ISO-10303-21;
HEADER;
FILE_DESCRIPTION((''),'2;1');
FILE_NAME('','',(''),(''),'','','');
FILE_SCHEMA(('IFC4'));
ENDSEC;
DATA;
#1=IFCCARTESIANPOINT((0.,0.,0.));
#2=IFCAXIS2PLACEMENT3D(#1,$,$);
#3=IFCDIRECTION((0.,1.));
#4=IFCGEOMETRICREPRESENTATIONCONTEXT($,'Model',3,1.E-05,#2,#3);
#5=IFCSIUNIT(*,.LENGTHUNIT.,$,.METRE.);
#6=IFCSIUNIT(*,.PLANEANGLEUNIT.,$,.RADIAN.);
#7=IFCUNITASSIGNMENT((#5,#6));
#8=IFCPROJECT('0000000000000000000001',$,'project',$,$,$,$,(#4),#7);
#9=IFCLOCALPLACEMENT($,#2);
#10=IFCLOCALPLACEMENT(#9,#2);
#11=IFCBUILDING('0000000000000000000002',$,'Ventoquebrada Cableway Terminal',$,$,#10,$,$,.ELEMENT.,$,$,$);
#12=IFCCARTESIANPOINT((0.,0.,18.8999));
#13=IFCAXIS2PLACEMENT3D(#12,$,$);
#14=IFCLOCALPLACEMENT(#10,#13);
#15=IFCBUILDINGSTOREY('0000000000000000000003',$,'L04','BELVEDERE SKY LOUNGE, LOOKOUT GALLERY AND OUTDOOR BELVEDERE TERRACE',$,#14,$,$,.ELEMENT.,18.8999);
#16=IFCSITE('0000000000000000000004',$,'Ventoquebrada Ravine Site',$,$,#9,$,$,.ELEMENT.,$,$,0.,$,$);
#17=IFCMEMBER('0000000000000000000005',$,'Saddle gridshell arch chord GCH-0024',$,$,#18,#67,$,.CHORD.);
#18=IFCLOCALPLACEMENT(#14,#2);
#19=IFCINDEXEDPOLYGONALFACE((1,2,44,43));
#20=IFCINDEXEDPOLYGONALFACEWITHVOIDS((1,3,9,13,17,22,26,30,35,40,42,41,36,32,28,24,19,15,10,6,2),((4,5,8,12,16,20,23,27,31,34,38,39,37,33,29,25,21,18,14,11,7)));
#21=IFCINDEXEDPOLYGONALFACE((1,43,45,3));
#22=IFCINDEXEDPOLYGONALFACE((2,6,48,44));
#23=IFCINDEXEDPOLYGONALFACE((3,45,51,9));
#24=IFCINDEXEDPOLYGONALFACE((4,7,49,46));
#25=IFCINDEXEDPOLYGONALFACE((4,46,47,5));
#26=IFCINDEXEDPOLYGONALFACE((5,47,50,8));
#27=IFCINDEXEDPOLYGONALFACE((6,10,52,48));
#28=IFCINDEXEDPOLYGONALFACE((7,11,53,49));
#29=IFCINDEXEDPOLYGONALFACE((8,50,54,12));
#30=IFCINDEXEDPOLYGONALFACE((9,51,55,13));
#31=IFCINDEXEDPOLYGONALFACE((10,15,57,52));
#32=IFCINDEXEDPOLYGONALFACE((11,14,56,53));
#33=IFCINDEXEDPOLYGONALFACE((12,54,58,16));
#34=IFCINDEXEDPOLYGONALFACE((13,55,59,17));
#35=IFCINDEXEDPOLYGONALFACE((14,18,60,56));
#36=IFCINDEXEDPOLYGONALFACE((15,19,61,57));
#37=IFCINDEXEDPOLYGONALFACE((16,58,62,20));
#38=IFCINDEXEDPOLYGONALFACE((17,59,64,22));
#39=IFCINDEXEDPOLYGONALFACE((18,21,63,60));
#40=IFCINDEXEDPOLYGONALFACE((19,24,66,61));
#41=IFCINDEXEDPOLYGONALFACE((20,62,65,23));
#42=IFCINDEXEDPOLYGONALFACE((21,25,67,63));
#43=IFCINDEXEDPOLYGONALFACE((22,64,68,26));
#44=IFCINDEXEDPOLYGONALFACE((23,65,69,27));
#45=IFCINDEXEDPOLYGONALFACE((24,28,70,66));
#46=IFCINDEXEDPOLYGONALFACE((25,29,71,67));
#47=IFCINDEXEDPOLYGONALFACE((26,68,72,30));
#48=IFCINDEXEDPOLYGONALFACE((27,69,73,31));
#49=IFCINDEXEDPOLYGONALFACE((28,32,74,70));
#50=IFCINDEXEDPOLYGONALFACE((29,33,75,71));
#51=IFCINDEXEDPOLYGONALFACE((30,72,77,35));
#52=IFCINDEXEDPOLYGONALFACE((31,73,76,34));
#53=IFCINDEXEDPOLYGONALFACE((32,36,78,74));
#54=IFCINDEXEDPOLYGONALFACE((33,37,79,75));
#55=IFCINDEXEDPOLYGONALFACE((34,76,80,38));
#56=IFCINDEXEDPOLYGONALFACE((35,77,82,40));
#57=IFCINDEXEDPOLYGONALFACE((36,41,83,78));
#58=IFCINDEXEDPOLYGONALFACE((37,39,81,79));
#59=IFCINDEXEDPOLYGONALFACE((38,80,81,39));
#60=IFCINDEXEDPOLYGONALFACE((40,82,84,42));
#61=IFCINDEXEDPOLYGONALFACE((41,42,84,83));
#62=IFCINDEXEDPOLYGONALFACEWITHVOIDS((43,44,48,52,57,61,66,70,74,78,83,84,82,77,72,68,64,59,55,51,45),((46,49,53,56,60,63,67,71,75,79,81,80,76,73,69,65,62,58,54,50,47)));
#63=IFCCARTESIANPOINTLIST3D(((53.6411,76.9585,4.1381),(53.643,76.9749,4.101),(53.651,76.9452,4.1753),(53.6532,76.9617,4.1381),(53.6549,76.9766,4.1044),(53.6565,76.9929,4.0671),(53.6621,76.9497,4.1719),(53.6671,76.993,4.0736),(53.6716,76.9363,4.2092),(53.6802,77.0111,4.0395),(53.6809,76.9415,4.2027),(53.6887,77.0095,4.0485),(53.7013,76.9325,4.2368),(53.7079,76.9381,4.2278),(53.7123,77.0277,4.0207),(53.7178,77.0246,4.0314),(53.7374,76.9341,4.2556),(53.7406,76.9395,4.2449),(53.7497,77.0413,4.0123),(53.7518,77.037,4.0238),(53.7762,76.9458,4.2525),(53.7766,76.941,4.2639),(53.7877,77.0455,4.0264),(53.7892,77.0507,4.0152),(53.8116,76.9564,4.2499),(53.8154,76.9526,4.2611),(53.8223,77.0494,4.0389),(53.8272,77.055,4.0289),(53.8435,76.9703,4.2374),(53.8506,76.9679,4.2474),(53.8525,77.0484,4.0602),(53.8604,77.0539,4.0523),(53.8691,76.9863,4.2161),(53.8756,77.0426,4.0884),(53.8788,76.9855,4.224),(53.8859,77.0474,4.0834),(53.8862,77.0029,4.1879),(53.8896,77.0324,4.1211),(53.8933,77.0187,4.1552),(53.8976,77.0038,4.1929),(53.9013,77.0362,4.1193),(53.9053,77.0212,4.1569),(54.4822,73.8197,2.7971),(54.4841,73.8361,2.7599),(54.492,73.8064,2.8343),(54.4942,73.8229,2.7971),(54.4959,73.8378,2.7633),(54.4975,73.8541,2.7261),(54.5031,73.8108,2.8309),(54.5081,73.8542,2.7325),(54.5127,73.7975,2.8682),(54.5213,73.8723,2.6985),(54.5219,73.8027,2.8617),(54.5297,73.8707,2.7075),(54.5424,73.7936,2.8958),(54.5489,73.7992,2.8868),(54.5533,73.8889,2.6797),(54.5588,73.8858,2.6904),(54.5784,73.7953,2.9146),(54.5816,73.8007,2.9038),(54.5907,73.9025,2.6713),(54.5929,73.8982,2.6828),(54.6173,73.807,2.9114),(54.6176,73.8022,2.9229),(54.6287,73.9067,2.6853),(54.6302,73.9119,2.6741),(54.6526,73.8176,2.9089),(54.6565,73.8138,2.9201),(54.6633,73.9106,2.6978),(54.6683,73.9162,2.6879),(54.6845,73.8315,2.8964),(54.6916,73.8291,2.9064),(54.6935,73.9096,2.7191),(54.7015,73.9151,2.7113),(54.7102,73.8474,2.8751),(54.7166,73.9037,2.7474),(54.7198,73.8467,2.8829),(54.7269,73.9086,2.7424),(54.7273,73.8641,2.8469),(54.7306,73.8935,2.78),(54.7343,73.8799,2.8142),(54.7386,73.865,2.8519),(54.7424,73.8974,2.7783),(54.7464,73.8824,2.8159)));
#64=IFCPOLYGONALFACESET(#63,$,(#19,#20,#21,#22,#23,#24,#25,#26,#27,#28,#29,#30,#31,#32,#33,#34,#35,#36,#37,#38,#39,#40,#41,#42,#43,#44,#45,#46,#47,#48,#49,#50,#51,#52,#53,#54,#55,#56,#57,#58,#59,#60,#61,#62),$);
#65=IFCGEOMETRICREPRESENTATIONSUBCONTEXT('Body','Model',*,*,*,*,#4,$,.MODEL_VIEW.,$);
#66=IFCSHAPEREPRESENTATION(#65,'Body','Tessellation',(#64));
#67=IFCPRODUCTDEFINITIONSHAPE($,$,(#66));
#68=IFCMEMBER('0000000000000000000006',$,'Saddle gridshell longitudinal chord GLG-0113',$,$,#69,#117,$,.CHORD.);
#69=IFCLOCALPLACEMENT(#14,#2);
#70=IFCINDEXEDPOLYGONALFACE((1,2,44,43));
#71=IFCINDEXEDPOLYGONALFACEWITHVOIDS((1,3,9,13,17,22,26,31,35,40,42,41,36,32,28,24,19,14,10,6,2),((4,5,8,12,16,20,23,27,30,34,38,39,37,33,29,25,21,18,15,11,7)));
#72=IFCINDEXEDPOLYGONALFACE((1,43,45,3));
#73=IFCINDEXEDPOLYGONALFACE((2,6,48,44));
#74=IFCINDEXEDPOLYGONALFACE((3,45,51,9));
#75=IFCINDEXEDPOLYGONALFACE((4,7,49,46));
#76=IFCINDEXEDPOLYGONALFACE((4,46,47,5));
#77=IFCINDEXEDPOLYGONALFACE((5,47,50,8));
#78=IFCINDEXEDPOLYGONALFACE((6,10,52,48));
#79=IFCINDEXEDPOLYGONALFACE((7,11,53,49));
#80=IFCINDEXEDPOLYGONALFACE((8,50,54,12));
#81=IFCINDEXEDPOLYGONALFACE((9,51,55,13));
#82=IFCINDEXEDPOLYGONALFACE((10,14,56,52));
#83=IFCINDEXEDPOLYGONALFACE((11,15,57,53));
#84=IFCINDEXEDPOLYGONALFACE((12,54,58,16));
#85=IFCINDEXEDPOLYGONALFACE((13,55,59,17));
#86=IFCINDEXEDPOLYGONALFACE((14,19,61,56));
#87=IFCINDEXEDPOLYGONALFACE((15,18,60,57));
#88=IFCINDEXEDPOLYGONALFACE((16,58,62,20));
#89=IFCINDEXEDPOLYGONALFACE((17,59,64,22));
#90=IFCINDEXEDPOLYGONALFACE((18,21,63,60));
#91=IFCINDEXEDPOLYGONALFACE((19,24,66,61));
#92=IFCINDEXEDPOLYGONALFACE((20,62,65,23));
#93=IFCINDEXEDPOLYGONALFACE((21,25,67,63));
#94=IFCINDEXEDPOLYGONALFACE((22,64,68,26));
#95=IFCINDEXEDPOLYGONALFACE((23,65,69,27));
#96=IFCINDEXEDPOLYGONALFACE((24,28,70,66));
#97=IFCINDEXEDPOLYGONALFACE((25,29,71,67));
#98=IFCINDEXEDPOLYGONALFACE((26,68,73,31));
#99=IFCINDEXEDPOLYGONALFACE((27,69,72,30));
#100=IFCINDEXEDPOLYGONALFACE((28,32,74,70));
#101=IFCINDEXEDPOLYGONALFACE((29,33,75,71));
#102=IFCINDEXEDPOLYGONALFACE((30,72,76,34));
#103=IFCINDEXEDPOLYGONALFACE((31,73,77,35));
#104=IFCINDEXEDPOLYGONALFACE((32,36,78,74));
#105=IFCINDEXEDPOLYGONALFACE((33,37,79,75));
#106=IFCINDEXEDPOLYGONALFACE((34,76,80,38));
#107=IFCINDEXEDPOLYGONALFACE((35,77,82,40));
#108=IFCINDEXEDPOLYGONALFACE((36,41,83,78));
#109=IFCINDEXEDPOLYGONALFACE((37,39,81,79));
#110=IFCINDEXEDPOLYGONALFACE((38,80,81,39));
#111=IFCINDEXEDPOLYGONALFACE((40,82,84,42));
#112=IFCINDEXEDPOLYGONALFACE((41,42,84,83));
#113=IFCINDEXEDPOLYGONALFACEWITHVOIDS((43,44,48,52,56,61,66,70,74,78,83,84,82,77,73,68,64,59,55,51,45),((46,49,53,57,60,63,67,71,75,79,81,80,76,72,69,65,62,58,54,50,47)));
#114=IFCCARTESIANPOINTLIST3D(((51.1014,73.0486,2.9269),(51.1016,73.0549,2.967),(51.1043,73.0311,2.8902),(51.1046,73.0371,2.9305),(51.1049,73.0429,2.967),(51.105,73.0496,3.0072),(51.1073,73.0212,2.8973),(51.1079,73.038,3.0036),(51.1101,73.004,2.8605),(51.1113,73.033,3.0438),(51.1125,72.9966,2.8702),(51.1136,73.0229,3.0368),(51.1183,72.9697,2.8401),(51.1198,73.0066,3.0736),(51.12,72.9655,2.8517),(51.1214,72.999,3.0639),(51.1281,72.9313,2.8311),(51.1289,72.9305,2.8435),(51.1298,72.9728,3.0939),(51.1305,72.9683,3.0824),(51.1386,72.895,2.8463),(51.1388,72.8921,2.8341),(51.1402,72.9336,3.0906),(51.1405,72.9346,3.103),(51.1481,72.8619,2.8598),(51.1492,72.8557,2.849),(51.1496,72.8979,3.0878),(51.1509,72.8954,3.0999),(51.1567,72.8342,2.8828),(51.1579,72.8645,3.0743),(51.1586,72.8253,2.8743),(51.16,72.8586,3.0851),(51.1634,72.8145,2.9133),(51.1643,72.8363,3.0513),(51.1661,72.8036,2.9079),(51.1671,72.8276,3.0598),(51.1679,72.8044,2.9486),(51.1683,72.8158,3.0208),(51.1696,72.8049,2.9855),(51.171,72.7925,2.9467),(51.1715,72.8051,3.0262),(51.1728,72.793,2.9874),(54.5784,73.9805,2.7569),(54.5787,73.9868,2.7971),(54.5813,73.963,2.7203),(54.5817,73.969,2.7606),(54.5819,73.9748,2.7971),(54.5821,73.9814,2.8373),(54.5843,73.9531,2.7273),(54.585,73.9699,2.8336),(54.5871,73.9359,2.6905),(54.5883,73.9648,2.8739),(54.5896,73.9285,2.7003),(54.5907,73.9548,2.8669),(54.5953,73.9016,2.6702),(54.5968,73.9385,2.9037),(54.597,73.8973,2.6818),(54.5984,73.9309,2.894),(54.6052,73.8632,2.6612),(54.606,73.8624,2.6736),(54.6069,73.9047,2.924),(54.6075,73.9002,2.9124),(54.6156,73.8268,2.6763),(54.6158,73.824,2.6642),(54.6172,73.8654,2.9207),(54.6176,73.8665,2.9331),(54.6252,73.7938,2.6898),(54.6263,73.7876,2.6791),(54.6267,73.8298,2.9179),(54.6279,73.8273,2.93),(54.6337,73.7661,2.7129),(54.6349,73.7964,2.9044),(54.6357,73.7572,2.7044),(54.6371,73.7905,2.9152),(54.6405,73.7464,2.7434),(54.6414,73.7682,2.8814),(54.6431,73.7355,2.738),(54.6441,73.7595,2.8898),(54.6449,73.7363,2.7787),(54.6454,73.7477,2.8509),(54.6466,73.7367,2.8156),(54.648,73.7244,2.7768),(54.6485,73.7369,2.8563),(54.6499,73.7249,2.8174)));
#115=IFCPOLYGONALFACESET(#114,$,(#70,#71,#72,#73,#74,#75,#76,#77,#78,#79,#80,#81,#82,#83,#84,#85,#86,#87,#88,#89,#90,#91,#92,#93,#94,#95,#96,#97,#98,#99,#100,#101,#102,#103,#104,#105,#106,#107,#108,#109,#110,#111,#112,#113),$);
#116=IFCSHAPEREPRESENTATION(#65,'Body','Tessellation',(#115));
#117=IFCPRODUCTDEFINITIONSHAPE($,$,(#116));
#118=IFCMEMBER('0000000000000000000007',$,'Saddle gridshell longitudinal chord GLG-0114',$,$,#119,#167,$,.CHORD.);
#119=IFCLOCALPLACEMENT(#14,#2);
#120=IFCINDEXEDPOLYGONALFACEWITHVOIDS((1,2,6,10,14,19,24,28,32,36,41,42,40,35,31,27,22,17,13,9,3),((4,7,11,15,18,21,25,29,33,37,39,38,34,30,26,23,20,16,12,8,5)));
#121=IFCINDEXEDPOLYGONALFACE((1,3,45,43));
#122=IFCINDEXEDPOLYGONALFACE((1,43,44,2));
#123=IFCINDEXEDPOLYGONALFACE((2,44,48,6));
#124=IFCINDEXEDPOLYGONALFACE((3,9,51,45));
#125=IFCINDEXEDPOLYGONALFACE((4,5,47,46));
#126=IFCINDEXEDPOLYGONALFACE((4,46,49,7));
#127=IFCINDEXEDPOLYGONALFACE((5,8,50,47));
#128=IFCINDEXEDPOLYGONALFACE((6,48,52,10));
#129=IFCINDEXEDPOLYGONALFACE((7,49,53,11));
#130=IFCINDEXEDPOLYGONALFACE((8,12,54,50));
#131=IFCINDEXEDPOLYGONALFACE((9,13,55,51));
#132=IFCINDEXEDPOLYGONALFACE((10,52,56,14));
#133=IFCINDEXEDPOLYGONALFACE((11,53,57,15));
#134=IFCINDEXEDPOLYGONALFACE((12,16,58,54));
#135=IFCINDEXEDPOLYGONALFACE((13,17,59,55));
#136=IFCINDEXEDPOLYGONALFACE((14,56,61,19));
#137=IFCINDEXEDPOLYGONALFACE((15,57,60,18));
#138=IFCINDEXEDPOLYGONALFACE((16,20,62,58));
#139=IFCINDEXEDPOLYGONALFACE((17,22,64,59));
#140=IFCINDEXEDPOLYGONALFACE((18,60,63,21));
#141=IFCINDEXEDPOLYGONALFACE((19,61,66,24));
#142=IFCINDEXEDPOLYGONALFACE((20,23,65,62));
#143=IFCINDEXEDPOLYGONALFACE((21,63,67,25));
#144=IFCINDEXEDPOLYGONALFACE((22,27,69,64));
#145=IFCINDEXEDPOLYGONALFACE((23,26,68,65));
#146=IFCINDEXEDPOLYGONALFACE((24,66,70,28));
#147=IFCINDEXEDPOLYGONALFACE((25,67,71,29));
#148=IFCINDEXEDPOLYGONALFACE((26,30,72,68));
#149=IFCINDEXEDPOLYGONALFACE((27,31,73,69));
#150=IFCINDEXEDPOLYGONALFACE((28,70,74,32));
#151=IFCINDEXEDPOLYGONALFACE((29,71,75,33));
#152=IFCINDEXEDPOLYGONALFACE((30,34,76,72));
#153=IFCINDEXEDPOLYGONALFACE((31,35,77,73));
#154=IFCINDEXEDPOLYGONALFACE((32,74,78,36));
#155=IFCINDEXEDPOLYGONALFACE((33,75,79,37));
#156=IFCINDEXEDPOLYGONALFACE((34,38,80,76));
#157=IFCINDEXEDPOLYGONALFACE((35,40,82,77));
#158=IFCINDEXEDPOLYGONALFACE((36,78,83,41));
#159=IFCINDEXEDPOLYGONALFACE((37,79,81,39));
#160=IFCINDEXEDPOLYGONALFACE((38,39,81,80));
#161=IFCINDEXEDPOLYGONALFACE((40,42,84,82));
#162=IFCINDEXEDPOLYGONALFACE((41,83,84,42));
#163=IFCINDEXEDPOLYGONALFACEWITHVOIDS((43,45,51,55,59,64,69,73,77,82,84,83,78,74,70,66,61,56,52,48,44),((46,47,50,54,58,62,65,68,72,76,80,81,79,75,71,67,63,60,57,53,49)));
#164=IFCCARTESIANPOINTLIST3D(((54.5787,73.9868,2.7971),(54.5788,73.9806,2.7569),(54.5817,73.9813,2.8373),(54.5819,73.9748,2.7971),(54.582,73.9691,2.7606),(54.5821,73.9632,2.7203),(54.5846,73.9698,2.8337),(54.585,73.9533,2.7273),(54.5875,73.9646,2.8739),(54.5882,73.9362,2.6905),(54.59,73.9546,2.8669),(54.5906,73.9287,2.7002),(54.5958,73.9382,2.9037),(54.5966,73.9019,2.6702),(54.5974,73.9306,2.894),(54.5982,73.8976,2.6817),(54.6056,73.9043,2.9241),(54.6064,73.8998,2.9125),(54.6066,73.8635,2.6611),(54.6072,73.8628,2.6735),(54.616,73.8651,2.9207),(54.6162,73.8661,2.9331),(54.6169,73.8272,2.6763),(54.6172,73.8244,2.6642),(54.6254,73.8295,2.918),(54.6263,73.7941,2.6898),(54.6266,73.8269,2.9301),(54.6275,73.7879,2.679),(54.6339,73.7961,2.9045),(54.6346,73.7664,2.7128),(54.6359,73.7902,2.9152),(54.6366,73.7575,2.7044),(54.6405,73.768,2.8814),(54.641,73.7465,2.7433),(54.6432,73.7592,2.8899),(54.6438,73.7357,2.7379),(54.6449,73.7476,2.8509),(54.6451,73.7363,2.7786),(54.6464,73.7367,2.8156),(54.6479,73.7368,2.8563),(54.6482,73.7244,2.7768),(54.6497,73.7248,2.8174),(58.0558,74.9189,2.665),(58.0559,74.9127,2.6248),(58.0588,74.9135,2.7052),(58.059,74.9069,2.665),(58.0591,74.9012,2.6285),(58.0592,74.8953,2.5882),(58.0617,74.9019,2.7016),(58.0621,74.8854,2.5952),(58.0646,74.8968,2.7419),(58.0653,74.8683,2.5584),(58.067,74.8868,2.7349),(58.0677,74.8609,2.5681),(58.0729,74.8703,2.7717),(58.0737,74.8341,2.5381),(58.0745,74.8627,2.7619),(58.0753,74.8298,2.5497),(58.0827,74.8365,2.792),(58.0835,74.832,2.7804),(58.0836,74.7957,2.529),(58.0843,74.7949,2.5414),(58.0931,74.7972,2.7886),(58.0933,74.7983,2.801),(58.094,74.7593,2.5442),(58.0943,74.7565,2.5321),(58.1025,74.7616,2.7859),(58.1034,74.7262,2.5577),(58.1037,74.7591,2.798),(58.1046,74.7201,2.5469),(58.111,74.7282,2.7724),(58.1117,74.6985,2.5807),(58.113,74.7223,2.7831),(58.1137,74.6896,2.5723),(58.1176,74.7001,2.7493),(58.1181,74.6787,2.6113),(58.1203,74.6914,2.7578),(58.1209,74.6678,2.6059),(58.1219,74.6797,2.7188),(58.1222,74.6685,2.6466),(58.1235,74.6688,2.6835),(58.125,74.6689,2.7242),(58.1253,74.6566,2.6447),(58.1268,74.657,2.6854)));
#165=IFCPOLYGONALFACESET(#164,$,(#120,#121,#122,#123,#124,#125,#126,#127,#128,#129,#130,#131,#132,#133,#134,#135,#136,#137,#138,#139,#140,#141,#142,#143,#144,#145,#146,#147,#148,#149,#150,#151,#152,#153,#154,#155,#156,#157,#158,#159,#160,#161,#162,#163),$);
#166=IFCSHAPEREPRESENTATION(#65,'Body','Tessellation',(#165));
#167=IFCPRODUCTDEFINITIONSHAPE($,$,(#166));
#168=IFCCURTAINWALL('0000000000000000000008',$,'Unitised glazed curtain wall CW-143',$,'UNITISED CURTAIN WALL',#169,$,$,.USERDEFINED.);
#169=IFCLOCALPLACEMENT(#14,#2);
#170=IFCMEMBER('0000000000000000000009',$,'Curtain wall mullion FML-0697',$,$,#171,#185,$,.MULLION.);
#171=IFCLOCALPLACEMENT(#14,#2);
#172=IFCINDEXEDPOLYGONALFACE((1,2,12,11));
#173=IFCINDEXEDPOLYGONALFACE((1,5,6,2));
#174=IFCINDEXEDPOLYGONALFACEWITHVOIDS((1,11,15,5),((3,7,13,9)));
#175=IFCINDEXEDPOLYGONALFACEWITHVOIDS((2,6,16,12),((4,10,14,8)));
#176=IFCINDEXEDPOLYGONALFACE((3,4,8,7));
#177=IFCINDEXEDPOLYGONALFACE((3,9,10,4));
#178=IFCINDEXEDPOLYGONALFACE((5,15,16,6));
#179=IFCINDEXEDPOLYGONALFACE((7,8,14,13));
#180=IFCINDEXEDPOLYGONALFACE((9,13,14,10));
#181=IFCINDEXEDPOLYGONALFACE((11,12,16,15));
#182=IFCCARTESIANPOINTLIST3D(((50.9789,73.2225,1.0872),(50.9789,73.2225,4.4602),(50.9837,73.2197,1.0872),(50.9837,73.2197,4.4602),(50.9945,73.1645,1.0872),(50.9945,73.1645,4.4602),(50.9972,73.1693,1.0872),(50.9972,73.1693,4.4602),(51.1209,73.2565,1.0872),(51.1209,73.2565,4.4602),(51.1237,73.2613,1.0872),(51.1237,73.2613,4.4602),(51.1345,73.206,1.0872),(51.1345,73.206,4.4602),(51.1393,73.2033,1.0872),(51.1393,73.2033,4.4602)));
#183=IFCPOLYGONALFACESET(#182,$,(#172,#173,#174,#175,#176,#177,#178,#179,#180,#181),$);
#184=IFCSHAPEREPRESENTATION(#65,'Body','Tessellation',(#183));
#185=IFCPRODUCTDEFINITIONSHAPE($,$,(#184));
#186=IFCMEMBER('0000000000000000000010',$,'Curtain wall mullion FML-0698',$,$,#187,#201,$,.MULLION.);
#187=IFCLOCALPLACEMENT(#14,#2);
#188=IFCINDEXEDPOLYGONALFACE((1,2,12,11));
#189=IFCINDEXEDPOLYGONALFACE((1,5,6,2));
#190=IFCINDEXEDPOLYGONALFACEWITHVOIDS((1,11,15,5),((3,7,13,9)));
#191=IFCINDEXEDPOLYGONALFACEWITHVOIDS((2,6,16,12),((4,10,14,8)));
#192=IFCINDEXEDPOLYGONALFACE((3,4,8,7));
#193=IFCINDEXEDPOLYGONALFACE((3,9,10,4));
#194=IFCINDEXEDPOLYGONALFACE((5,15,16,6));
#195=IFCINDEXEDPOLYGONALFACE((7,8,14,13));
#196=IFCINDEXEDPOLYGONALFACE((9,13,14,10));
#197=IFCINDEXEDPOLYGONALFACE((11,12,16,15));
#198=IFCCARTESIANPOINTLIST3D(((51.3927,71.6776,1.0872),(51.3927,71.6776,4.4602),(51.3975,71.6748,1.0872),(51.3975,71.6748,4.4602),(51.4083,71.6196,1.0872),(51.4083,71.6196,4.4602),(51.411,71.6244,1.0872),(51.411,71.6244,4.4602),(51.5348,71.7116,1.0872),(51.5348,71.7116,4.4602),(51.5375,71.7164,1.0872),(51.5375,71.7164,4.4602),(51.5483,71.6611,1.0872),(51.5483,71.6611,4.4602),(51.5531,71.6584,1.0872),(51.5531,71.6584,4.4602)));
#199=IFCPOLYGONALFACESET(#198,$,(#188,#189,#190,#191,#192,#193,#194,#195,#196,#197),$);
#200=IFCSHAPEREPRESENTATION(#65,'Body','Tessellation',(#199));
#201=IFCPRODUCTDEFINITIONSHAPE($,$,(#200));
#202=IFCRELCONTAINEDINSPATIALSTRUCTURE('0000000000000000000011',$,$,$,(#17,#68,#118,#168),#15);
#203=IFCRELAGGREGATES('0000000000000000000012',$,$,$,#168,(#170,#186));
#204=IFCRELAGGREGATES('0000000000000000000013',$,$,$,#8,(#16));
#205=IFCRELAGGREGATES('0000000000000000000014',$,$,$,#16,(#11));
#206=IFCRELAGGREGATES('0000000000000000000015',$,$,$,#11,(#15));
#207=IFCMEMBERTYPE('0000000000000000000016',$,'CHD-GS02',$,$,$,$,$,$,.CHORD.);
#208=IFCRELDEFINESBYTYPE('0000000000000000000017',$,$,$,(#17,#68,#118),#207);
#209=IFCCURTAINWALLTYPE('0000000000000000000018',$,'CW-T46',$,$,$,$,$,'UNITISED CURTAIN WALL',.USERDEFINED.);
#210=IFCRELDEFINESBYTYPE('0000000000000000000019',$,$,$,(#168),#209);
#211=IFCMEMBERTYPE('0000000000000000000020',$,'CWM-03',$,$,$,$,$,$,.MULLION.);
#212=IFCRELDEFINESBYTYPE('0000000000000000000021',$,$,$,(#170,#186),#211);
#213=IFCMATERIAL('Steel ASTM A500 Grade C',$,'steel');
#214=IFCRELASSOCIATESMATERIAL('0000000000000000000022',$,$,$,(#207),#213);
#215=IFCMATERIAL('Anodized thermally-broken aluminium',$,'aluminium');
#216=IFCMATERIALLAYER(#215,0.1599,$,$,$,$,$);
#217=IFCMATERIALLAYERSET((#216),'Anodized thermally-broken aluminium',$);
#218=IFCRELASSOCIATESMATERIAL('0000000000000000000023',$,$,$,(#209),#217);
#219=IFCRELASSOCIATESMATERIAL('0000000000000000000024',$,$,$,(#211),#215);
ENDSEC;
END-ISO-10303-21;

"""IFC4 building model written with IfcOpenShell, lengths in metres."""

from ifc_helpers import new_model, si_unit, direction, frame, origin, origin_2d, place, context, subcontext, project, spatial, hollow_rectangle, hollow_circle, extrude, material, layer, layer_set, material_profile, profile_set, type_object, element, aggregate, save


model = new_model("IFC4")

# Units and contexts
model_context = context("Model", 3, precision=1e-05, world=origin(), true_north=direction((0.0, 1.0)))
body_context = subcontext(model_context, "Body", "Model", "MODEL_VIEW")
ifc_project = project(units=[si_unit("LENGTHUNIT", "METRE"), si_unit("PLANEANGLEUNIT", "RADIAN")], contexts=[model_context])

# Site, building, storey
site_placement = place(None, origin())
site = spatial("IfcSite", under=ifc_project, at=site_placement, Name="Ventoquebrada Ravine Site", CompositionType="ELEMENT", RefElevation=0.0)
building_placement = place(site_placement, origin())
building = spatial("IfcBuilding", under=site, at=building_placement, Name="Ventoquebrada Cableway Terminal", CompositionType="ELEMENT")
storey_placement = place(building_placement, frame((0.0, 0.0, 18.8999)))
storey = spatial("IfcBuildingStorey", under=building, at=storey_placement, Name="L04", Description="BELVEDERE SKY LOUNGE, LOOKOUT GALLERY AND OUTDOOR BELVEDERE TERRACE", CompositionType="ELEMENT", Elevation=18.8999)

# Members
ifc_material_1 = material(Name="Steel ASTM A500 Grade C", Category="steel")
ifc_material_profile_1 = material_profile(ifc_material_1, hollow_circle(Radius=0.1365, WallThickness=0.0125, at=origin_2d()), Name="CHS273.0X12.5")
ifc_profile_set_1 = profile_set([ifc_material_profile_1], Name="Steel ASTM A500 Grade C")
member_type_1 = type_object("IfcMemberType", Name="CHD-GS02", PredefinedType="CHORD", material=ifc_profile_set_1)
member_1_placement = place(storey_placement, frame((54.614, 73.855, 2.7971), z_axis=(-0.239246, 0.892883, 0.381473), x_axis=(-0.965926, -0.258817, 0.0)))
element("IfcMember", 1, at=member_1_placement, inside=storey, type_object=member_type_1, Name="Saddle gridshell arch chord GCH-0024", PredefinedType="CHORD", context=body_context, shape_type="SweptSolid", body=[
    extrude(hollow_circle(Radius=0.1365, WallThickness=0.0125, at=origin_2d()), origin(), (0.0, 0.0, 1.0), 3.5154),
])
member_2_placement = place(storey_placement, frame((51.137, 72.9231, 2.967), z_axis=(0.964837, 0.258586, -0.047151), x_axis=(-0.258874, 0.965911, 0.0)))
element("IfcMember", 2, at=member_2_placement, inside=storey, type_object=member_type_1, Name="Saddle gridshell longitudinal chord GLG-0113", PredefinedType="CHORD", context=body_context, shape_type="SweptSolid", body=[
    extrude(hollow_circle(Radius=0.1365, WallThickness=0.0125, at=origin_2d()), origin(), (0.0, 0.0, 1.0), 3.6038),
])
member_3_placement = place(storey_placement, frame((54.614, 73.855, 2.7971), z_axis=(0.965245, 0.258763, -0.036666), x_axis=(-0.258937, 0.965894, 0.0)))
element("IfcMember", 3, at=member_3_placement, inside=storey, type_object=member_type_1, Name="Saddle gridshell longitudinal chord GLG-0114", PredefinedType="CHORD", context=body_context, shape_type="SweptSolid", body=[
    extrude(hollow_circle(Radius=0.1365, WallThickness=0.0125, at=origin_2d()), origin(), (0.0, 0.0, 1.0), 3.6023),
])

# Curtain wall, members
ifc_material_2 = material(Name="Anodized thermally-broken aluminium", Category="aluminium")
ifc_layer_1 = layer(ifc_material_2, 0.1599)
ifc_layer_set_1 = layer_set([ifc_layer_1], Name="Anodized thermally-broken aluminium")
curtain_wall_type = type_object("IfcCurtainWallType", Name="CW-T46", ElementType="UNITISED CURTAIN WALL", PredefinedType="USERDEFINED", material=ifc_layer_set_1)
curtain_wall_placement = place(storey_placement, origin())
curtain_wall = element("IfcCurtainWall", 4, at=curtain_wall_placement, inside=storey, type_object=curtain_wall_type, Name="Unitised glazed curtain wall CW-143", ObjectType="UNITISED CURTAIN WALL", PredefinedType="USERDEFINED")
ifc_material_profile_2 = material_profile(ifc_material_2, hollow_rectangle(XDim=0.0601, YDim=0.1499, WallThickness=0.0039, at=origin_2d()), Name="CW-MUL-60X150")
ifc_profile_set_2 = profile_set([ifc_material_profile_2], Name="Anodized thermally-broken aluminium")
member_type_2 = type_object("IfcMemberType", Name="CWM-03", PredefinedType="MULLION", material=ifc_profile_set_2)
member_4_placement = place(storey_placement, frame((51.0591, 73.2129, 1.0872), z_axis=(0.0, 0.0, 1.0), x_axis=(0.258718, -0.965953, 0.0)))
member_4 = element("IfcMember", 5, at=member_4_placement, type_object=member_type_2, Name="Curtain wall mullion FML-0697", PredefinedType="MULLION", context=body_context, shape_type="SweptSolid", body=[
    extrude(hollow_rectangle(XDim=0.0601, YDim=0.1499, WallThickness=0.0039, at=origin_2d()), origin(), (0.0, 0.0, 1.0), 3.373),
])
member_5_placement = place(storey_placement, frame((51.4729, 71.668, 1.0872), z_axis=(0.0, 0.0, 1.0), x_axis=(0.258718, -0.965953, 0.0)))
member_5 = element("IfcMember", 6, at=member_5_placement, type_object=member_type_2, Name="Curtain wall mullion FML-0698", PredefinedType="MULLION", context=body_context, shape_type="SweptSolid", body=[
    extrude(hollow_rectangle(XDim=0.0601, YDim=0.1499, WallThickness=0.0039, at=origin_2d()), origin(), (0.0, 0.0, 1.0), 3.373),
])

aggregate(curtain_wall, [member_4, member_5])

save(model, "model.ifc")
